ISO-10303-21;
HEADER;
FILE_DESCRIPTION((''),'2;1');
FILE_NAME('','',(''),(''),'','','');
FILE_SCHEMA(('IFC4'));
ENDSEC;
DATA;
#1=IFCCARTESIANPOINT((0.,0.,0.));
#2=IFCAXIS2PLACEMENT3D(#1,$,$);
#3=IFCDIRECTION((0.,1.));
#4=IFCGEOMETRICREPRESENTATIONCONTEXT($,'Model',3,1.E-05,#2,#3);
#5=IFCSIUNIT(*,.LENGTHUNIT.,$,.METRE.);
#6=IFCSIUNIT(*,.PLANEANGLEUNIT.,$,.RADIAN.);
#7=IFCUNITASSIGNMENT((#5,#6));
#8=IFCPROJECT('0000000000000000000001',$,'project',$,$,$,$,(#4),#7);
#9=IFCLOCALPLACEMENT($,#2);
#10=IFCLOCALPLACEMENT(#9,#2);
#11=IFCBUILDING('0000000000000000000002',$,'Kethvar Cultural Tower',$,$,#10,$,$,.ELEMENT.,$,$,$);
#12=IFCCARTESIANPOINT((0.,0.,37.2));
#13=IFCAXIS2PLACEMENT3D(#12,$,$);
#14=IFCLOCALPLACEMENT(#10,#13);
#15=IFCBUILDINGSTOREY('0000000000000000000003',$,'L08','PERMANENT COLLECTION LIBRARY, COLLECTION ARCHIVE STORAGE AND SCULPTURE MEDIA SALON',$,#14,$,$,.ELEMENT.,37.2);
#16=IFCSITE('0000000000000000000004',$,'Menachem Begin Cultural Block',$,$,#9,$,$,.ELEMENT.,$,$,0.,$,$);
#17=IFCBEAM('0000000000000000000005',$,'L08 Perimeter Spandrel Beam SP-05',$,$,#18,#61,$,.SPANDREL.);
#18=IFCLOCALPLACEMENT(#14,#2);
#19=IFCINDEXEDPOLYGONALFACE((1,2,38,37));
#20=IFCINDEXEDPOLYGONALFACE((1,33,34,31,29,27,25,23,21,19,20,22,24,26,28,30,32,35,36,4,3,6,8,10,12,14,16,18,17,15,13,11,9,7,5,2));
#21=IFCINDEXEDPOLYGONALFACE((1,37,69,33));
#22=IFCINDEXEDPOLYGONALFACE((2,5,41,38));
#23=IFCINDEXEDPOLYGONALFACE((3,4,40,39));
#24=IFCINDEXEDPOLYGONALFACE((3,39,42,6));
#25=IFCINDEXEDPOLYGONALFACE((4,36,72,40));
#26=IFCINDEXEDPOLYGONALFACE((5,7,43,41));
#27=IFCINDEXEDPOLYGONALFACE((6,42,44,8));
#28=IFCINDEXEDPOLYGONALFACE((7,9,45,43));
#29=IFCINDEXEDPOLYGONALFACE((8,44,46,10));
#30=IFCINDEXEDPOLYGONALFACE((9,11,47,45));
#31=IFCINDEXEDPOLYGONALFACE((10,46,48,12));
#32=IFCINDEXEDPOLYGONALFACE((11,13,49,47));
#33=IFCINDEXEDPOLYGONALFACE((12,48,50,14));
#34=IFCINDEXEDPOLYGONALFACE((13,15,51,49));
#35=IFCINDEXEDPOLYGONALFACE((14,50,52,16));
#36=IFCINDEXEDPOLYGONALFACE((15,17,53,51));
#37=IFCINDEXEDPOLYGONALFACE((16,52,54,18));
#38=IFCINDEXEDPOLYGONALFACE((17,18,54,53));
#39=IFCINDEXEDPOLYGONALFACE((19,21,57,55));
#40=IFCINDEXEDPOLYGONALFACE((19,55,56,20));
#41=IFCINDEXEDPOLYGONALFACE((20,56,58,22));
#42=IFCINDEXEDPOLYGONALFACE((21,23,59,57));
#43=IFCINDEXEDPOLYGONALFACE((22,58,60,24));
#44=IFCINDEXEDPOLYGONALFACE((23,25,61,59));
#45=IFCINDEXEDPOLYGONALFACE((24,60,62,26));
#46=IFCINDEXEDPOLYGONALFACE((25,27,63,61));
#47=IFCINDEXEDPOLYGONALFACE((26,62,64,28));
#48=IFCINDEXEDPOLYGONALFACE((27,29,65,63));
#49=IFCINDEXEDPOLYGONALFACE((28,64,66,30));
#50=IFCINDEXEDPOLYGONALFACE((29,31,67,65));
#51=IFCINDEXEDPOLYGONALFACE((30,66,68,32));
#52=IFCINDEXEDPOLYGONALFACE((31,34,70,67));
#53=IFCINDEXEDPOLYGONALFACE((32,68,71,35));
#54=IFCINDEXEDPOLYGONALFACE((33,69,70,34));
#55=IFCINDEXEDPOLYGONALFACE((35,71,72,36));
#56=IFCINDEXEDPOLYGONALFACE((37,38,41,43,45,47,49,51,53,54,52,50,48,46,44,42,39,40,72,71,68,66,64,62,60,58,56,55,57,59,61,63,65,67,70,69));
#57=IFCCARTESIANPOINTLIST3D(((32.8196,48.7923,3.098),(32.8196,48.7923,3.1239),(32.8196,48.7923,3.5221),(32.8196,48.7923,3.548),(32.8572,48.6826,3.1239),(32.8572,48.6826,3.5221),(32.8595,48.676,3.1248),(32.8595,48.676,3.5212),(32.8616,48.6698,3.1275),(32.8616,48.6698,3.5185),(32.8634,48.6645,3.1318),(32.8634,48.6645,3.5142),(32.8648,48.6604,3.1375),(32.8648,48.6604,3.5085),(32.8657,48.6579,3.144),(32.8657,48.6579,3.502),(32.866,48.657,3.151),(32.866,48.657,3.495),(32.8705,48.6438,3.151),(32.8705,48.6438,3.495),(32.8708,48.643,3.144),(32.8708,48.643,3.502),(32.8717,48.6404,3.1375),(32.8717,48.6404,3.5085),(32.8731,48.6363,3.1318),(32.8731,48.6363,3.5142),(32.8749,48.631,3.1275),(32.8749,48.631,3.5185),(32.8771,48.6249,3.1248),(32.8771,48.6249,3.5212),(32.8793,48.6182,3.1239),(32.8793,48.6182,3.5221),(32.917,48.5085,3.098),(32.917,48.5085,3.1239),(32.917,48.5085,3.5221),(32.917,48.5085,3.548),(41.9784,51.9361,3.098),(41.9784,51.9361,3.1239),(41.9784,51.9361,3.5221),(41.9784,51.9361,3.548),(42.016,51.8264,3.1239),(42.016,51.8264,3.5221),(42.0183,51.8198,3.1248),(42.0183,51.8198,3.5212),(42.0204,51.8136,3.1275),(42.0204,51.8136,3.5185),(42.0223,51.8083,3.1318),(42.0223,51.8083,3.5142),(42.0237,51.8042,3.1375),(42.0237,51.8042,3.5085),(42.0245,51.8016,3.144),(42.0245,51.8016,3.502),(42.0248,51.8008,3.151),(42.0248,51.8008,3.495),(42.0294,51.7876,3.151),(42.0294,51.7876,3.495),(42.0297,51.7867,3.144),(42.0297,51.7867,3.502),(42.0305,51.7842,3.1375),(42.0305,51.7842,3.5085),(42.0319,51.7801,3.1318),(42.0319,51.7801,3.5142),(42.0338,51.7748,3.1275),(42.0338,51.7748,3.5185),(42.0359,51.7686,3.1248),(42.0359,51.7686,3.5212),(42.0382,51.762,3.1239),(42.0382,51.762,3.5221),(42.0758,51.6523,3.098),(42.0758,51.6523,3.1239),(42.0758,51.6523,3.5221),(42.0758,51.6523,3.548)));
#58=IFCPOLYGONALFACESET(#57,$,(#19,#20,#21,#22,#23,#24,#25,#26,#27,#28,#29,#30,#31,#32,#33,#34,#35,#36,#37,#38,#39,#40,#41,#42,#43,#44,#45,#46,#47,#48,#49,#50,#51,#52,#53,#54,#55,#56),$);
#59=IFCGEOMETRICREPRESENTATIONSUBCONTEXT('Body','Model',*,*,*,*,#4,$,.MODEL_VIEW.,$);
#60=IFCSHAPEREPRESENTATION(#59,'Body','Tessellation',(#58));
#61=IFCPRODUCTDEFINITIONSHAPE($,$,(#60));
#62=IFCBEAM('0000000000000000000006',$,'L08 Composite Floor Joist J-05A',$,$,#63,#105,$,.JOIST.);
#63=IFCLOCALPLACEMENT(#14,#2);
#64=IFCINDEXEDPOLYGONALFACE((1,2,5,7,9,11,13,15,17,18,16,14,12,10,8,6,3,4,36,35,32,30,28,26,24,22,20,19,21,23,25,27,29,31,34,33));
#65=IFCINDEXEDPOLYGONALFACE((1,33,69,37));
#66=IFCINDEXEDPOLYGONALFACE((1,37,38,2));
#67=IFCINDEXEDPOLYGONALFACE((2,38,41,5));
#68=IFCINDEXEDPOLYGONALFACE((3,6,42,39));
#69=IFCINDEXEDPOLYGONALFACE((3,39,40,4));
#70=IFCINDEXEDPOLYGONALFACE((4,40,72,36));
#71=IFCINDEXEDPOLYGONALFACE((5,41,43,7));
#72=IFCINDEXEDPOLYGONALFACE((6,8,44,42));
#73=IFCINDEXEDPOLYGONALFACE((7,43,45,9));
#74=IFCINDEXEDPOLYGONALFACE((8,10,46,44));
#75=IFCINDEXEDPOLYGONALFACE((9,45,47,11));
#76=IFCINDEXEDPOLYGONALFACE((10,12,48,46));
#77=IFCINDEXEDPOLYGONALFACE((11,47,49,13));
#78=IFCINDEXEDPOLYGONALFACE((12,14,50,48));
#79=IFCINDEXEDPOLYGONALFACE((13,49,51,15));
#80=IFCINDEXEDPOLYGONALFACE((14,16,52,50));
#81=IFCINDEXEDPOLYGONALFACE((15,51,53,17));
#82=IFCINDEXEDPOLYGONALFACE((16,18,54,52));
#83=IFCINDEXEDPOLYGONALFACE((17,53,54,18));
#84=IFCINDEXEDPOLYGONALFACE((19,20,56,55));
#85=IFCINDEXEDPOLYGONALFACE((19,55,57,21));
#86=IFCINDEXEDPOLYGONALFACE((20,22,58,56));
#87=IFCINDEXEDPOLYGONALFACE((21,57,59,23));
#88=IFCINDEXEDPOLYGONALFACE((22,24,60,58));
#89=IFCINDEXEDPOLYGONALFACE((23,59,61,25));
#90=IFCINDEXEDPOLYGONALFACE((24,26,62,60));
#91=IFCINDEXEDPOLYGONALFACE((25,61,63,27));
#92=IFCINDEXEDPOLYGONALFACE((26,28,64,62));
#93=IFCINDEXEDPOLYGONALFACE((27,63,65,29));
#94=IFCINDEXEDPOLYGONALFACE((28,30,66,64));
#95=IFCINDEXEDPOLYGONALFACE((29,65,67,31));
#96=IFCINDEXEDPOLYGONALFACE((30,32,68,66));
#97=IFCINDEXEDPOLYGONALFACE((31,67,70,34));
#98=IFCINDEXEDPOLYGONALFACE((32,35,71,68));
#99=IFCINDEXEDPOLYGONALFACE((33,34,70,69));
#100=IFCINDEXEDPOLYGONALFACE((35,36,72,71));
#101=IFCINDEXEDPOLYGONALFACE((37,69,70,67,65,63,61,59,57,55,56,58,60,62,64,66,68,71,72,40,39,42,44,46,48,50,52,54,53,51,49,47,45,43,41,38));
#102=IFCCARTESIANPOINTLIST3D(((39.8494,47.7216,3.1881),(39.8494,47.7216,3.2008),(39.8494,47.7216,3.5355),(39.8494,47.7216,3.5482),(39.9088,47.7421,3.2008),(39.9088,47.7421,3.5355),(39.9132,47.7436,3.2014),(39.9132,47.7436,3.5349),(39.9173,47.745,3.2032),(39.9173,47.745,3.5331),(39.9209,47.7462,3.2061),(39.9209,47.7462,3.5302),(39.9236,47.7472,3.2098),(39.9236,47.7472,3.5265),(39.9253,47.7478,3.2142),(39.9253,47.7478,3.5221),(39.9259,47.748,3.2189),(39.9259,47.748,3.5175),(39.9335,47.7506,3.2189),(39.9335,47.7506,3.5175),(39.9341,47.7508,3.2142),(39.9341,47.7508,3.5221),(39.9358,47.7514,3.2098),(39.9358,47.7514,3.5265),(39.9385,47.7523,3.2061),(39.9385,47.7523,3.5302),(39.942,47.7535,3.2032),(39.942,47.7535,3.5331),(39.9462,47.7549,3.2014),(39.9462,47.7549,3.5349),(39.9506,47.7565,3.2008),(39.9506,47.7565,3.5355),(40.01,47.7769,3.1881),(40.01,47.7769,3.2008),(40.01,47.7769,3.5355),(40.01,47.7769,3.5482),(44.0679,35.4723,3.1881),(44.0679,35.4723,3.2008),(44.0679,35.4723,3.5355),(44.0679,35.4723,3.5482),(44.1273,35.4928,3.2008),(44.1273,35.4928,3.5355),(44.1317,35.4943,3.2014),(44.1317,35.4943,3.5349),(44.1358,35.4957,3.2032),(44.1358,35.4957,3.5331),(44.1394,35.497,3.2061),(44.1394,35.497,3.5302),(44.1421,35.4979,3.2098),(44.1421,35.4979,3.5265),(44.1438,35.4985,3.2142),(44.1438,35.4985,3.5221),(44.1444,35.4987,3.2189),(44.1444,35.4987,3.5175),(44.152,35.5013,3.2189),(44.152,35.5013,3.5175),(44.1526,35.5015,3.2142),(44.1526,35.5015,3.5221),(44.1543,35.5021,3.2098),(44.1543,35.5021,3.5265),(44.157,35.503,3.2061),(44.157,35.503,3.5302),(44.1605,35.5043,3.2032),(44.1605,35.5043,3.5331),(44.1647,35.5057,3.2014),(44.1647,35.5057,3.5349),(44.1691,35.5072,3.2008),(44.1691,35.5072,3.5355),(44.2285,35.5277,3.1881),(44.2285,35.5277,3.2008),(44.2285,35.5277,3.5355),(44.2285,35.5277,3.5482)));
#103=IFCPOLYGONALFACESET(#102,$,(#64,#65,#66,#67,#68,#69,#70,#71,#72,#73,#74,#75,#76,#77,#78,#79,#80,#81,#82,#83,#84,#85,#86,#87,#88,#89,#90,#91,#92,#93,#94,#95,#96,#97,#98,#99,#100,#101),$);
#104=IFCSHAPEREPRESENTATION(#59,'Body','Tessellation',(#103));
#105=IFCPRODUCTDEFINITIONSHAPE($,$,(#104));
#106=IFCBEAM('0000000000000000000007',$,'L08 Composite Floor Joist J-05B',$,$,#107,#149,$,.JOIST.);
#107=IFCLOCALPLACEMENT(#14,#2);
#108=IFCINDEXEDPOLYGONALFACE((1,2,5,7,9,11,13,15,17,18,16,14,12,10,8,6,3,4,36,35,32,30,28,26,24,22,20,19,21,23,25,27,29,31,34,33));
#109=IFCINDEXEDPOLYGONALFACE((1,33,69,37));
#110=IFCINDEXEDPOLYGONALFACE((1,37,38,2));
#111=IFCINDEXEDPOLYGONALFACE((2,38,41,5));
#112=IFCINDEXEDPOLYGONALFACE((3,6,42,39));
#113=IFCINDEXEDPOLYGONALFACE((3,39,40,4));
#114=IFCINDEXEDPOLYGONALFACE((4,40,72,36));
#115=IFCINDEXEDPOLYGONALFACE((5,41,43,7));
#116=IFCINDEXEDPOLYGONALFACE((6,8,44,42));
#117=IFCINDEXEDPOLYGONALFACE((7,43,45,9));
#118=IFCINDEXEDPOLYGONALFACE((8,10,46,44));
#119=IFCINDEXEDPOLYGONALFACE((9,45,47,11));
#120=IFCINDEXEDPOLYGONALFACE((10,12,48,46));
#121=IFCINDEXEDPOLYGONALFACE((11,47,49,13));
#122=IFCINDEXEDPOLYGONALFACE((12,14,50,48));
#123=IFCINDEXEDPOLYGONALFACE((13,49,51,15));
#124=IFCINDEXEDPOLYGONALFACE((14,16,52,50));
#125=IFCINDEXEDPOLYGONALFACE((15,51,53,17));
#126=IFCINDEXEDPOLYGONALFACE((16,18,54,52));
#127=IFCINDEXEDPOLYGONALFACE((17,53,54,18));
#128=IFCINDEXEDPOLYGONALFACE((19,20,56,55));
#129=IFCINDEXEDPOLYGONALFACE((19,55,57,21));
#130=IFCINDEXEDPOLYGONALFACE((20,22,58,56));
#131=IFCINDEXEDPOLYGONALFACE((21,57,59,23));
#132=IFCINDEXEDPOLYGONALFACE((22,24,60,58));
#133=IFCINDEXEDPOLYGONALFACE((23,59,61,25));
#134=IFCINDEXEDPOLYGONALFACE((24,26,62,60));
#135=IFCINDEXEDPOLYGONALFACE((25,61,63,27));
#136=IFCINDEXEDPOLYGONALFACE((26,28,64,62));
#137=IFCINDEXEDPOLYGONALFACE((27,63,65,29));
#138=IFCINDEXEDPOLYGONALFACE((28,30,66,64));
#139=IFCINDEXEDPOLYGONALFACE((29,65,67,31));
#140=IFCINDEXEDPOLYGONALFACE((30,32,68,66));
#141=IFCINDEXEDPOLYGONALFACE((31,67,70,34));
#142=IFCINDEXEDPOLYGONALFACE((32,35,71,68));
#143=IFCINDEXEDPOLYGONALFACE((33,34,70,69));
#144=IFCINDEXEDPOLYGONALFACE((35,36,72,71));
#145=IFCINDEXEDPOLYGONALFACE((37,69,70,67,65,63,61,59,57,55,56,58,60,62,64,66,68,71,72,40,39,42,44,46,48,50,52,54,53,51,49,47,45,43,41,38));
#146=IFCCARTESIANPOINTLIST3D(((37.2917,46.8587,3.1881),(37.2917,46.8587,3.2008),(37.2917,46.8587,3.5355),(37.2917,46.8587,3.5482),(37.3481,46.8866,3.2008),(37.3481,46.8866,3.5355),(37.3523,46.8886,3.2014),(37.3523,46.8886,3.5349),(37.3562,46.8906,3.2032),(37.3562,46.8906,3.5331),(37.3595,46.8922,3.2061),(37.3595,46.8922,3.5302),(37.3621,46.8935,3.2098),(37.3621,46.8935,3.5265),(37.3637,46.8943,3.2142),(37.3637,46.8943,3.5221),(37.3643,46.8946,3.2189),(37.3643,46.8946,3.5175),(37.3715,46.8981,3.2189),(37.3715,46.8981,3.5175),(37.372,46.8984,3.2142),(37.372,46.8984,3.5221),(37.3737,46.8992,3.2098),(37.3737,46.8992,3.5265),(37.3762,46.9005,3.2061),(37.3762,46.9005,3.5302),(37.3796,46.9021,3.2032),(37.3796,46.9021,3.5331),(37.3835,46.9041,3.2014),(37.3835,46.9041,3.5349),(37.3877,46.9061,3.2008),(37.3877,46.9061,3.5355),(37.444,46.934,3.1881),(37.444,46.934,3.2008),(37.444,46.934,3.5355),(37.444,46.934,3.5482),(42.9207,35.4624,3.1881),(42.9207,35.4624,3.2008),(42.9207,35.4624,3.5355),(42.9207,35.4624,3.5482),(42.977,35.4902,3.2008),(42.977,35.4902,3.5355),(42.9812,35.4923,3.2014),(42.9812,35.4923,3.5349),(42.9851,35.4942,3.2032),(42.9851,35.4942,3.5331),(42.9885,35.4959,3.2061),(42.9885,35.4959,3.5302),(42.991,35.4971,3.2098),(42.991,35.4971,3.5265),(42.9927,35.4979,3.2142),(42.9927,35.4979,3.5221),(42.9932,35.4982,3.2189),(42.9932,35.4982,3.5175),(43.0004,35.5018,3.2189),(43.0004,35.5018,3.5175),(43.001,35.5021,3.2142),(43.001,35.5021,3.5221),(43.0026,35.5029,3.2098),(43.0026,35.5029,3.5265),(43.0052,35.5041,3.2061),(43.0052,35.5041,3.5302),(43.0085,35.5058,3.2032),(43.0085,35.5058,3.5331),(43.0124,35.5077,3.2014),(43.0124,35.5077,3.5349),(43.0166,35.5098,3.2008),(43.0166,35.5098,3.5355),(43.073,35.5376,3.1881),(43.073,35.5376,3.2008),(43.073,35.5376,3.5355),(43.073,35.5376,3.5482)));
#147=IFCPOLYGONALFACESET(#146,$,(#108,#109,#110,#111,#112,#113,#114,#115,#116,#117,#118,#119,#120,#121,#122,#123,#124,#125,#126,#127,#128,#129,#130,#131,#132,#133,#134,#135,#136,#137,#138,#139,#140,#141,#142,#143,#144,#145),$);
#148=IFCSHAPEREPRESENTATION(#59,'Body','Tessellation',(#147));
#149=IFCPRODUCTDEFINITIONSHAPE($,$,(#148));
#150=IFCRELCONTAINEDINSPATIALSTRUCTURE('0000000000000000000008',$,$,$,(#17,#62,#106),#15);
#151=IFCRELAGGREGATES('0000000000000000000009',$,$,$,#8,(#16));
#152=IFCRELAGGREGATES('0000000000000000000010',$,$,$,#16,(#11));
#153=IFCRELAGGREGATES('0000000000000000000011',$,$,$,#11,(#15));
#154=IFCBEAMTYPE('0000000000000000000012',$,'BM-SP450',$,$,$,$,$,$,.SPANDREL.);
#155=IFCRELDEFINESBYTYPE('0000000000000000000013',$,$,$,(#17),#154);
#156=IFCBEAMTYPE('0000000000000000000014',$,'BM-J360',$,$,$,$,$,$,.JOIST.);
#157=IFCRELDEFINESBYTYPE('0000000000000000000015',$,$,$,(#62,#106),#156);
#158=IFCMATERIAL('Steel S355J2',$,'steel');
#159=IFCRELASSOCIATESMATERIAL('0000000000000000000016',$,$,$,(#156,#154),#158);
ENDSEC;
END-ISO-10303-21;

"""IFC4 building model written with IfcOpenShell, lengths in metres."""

from ifc_helpers import new_model, si_unit, direction, frame, origin, origin_2d, place, context, subcontext, project, spatial, i_section, extrude, source, transform, mapped, material, material_profile, profile_set, type_object, element, save


model = new_model("IFC4")

# Units and contexts
model_context = context("Model", 3, precision=1e-05, world=origin(), true_north=direction((0.0, 1.0)))
body_context = subcontext(model_context, "Body", "Model", "MODEL_VIEW")
ifc_project = project(units=[si_unit("LENGTHUNIT", "METRE"), si_unit("PLANEANGLEUNIT", "RADIAN")], contexts=[model_context])

# Site, building, storey
site_placement = place(None, origin())
site = spatial("IfcSite", under=ifc_project, at=site_placement, Name="Menachem Begin Cultural Block", CompositionType="ELEMENT", RefElevation=0.0)
building_placement = place(site_placement, origin())
building = spatial("IfcBuilding", under=site, at=building_placement, Name="Kethvar Cultural Tower", CompositionType="ELEMENT")
storey_placement = place(building_placement, frame((0.0, 0.0, 37.2)))
storey = spatial("IfcBuildingStorey", under=building, at=storey_placement, Name="L08", Description="PERMANENT COLLECTION LIBRARY, COLLECTION ARCHIVE STORAGE AND SCULPTURE MEDIA SALON", CompositionType="ELEMENT", Elevation=37.2)

# Beams
ifc_material_1 = material(Name="Steel S355J2", Category="steel")
ifc_material_profile_1 = material_profile(ifc_material_1, i_section(OverallWidth=0.1699, OverallDepth=0.3601, WebThickness=0.0081, FlangeThickness=0.0127, FilletRadius=0.0181, at=origin_2d()), Name="Steel S355J2 — IPE360")
ifc_profile_set_1 = profile_set([ifc_material_profile_1], Name="Steel S355J2 — IPE360")
beam_type_1 = type_object("IfcBeamType", Name="BM-J360", PredefinedType="JOIST", material=ifc_profile_set_1)
ifc_material_profile_2 = material_profile(ifc_material_1, i_section(OverallWidth=0.3, OverallDepth=0.45, WebThickness=0.0139, FlangeThickness=0.0259, FilletRadius=0.0271, at=origin_2d()), Name="Steel S355J2 — HEB450")
ifc_profile_set_2 = profile_set([ifc_material_profile_2], Name="Steel S355J2 — HEB450")
beam_type_2 = type_object("IfcBeamType", Name="BM-SP450", PredefinedType="SPANDREL", material=ifc_profile_set_2)
shared_shape_1 = source(origin(), body_context, "Body", "SweptSolid", [
    extrude(i_section(OverallWidth=0.3, OverallDepth=0.45, WebThickness=0.0139, FlangeThickness=0.0259, FilletRadius=0.0271, at=origin_2d()), origin(), (0.0, 0.0, 1.0), 9.6833),
])
beam_1_placement = place(storey_placement, frame((42.0271, 51.7942, 3.323), z_axis=(-0.945832, -0.324656, 0.0), x_axis=(0.324656, -0.945832, 0.0)))
element("IfcBeam", 1, at=beam_1_placement, inside=storey, type_object=beam_type_2, Name="L08 Perimeter Spandrel Beam SP-05", PredefinedType="SPANDREL", context=body_context, shape_type="MappedRepresentation", body=[
    mapped(shared_shape_1, transform((0.0, 0.0, 0.0), scale=1.0)),
])
shared_shape_2 = source(origin(), body_context, "Body", "SweptSolid", [
    extrude(i_section(OverallWidth=0.1699, OverallDepth=0.3601, WebThickness=0.0081, FlangeThickness=0.0127, FilletRadius=0.0181, at=origin_2d()), origin(), (0.0, 0.0, 1.0), 12.9553),
])
beam_2_placement = place(storey_placement, frame((44.1482, 35.5, 3.3682), z_axis=(-0.32562, 0.945501, 0.0), x_axis=(-0.945501, -0.32562, 0.0)))
element("IfcBeam", 2, at=beam_2_placement, inside=storey, type_object=beam_type_1, Name="L08 Composite Floor Joist J-05A", PredefinedType="JOIST", context=body_context, shape_type="MappedRepresentation", body=[
    mapped(shared_shape_2, transform((0.0, 0.0, 0.0), scale=1.0)),
])
shared_shape_3 = source(origin(), body_context, "Body", "SweptSolid", [
    extrude(i_section(OverallWidth=0.1699, OverallDepth=0.3601, WebThickness=0.0081, FlangeThickness=0.0127, FilletRadius=0.0181, at=origin_2d()), origin(), (0.0, 0.0, 1.0), 12.7107),
])
beam_3_placement = place(storey_placement, frame((42.9968, 35.5, 3.3682), z_axis=(-0.442852, 0.896595, 0.0), x_axis=(-0.896595, -0.442852, 0.0)))
element("IfcBeam", 3, at=beam_3_placement, inside=storey, type_object=beam_type_1, Name="L08 Composite Floor Joist J-05B", PredefinedType="JOIST", context=body_context, shape_type="MappedRepresentation", body=[
    mapped(shared_shape_3, transform((0.0, 0.0, 0.0), scale=1.0)),
])

save(model, "model.ifc")
